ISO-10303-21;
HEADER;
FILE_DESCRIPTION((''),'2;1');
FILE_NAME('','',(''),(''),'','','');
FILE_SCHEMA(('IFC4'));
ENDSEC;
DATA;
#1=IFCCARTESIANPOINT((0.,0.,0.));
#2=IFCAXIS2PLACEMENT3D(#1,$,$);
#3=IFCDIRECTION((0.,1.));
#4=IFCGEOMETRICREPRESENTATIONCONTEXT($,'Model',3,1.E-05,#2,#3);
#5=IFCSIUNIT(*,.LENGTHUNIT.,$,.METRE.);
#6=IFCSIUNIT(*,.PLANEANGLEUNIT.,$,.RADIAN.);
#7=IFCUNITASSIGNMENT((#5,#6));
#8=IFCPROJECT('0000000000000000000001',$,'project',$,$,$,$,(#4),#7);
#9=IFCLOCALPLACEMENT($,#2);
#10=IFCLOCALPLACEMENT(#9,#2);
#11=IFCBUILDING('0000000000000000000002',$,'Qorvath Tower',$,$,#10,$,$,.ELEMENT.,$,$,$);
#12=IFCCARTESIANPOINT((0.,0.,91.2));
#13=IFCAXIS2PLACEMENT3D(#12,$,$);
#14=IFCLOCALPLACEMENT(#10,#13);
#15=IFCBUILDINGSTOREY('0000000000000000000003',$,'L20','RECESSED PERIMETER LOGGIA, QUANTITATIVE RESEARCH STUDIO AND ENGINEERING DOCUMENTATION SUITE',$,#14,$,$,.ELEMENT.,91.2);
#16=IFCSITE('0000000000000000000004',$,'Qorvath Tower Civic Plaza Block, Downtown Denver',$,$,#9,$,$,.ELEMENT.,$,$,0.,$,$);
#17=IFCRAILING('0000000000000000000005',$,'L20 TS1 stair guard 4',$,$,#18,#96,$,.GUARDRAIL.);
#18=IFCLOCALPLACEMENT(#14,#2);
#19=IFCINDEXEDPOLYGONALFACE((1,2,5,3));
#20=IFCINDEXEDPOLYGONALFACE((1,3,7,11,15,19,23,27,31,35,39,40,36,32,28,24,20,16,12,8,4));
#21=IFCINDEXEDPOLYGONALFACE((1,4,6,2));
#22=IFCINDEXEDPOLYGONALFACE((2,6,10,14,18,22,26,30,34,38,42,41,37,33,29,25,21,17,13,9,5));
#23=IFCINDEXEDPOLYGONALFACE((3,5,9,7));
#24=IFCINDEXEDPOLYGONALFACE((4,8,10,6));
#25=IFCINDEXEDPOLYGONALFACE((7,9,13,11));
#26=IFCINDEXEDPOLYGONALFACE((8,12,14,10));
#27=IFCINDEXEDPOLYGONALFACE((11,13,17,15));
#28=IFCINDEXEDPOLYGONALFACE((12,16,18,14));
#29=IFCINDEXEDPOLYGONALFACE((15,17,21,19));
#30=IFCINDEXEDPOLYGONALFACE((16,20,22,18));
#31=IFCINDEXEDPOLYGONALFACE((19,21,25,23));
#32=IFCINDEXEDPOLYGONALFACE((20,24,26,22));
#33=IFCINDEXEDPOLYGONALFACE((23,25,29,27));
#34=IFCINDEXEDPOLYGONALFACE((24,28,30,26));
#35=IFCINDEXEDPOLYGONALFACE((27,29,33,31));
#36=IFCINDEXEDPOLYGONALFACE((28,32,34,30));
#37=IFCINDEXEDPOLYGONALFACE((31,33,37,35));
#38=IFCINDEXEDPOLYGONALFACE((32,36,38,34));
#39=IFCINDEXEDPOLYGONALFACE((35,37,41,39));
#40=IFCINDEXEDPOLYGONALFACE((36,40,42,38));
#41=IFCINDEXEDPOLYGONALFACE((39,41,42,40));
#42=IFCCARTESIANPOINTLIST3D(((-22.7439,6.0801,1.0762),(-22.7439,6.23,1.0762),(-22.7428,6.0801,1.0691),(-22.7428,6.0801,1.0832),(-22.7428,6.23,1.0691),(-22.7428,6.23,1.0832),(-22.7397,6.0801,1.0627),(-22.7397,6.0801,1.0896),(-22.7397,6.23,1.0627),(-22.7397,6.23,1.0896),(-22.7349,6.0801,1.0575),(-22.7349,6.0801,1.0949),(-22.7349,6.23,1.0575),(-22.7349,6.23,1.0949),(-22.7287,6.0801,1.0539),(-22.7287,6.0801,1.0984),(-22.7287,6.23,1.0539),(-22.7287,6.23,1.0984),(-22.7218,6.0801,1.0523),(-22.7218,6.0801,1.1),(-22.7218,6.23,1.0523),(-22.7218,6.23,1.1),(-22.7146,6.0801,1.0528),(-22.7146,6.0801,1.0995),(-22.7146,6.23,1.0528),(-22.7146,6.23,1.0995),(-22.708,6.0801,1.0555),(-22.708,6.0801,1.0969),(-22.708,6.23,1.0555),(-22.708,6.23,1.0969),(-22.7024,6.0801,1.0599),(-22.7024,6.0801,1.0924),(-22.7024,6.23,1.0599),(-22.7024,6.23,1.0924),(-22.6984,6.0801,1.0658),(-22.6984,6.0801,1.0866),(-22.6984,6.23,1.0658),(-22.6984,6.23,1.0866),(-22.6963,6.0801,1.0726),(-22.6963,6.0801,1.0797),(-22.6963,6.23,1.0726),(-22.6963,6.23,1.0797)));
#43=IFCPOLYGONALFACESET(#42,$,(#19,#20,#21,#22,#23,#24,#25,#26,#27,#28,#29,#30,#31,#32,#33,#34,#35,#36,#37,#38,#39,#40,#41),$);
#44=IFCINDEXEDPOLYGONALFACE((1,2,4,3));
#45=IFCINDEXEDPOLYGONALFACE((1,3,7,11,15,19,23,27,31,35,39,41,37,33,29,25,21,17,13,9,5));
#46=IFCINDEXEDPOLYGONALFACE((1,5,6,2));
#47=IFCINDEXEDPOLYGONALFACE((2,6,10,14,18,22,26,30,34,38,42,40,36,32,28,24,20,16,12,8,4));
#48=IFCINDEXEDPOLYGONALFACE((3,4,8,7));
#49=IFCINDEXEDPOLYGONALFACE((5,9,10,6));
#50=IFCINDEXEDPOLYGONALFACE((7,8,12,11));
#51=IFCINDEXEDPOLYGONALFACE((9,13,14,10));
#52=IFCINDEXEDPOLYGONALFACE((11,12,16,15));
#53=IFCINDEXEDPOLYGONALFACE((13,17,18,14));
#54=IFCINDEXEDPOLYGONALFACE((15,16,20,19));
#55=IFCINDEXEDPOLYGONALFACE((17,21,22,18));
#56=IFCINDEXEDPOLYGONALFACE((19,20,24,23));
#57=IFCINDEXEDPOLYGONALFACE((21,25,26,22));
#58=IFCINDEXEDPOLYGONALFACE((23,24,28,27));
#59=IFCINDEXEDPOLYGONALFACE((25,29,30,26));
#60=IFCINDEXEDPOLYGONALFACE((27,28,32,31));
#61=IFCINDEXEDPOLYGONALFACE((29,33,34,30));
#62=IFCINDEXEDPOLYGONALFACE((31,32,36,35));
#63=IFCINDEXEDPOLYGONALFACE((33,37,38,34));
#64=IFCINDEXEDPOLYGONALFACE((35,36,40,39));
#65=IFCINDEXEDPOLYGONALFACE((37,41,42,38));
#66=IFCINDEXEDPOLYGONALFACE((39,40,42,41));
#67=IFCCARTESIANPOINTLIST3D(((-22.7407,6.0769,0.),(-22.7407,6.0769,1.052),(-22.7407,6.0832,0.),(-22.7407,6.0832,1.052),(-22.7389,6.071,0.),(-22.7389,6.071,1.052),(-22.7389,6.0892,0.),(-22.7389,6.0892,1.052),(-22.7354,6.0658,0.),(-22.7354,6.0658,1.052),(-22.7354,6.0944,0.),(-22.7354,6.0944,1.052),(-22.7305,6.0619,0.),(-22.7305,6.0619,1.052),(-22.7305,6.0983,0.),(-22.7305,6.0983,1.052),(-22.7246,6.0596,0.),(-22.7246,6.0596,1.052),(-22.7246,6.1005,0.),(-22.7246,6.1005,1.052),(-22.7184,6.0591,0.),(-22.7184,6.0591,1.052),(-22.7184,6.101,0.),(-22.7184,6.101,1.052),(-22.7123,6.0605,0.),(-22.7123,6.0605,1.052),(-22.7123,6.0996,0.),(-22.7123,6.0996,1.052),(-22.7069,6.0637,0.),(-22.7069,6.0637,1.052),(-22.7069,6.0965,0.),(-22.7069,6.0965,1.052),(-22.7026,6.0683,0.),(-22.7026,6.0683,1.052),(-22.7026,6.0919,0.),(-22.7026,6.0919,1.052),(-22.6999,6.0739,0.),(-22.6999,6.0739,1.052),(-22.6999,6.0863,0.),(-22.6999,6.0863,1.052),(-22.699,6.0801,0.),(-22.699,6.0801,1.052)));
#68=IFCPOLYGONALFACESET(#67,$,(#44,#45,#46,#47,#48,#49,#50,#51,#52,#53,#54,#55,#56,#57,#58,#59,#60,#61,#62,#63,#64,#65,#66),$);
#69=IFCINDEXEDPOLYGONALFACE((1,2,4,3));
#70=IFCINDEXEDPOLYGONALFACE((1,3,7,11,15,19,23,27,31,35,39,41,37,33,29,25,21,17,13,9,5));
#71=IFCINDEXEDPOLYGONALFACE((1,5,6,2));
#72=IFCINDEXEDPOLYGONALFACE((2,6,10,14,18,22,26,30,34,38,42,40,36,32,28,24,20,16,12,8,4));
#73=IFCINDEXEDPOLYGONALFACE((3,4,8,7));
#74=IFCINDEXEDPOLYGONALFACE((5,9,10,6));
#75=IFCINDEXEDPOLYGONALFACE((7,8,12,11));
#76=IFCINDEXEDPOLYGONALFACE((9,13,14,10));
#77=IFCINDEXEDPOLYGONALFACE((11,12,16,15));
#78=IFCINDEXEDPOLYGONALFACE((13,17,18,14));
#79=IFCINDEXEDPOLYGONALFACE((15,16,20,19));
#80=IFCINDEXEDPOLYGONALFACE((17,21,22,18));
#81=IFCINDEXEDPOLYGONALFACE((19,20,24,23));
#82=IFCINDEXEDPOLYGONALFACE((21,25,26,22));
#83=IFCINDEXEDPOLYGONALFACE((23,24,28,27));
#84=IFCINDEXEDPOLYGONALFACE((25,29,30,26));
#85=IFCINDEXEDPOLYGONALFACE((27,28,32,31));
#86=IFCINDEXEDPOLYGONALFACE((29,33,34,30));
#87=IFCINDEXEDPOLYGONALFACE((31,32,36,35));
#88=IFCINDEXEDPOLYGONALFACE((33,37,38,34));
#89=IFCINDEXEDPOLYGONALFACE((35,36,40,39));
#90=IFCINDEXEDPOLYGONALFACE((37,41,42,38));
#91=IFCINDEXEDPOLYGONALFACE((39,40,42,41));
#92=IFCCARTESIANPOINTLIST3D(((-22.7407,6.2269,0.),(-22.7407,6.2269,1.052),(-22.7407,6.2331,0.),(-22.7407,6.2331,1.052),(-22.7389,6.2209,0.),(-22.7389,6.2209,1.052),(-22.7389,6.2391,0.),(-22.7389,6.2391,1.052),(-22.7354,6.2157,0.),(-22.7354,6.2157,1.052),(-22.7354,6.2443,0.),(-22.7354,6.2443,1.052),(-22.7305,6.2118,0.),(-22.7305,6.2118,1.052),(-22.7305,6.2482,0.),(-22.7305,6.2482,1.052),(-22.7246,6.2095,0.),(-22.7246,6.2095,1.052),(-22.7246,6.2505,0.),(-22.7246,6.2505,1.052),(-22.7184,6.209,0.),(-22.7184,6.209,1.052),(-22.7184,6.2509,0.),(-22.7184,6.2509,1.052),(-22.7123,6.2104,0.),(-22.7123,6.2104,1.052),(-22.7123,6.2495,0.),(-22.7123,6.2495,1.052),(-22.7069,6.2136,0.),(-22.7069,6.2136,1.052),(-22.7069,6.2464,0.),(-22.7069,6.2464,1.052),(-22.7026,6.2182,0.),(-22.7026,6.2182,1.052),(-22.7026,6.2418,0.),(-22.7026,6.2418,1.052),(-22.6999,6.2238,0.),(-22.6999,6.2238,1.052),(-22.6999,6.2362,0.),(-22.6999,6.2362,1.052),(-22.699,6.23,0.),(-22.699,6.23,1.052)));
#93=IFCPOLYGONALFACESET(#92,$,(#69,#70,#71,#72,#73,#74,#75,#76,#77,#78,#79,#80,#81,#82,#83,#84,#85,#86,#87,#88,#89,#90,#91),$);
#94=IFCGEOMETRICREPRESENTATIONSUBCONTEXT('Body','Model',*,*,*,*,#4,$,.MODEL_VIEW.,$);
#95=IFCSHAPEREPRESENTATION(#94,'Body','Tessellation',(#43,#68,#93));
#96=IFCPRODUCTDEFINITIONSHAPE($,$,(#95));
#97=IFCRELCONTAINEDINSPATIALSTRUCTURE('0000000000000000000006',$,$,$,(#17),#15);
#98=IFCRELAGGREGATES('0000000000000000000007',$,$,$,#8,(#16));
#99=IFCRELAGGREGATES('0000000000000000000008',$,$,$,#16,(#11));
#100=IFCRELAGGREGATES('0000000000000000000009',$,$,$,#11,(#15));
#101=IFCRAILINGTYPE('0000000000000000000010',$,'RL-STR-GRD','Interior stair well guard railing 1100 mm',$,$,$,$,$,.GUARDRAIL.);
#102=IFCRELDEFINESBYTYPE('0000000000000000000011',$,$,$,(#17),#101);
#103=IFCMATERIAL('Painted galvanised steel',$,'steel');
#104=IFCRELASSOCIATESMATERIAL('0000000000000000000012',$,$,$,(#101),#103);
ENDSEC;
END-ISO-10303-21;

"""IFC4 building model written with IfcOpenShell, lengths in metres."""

from ifc_helpers import new_model, si_unit, direction, frame, origin, origin_2d, place, context, subcontext, project, spatial, circle, extrude, material, type_object, element, save


model = new_model("IFC4")

# Units and contexts
model_context = context("Model", 3, precision=1e-05, world=origin(), true_north=direction((0.0, 1.0)))
body_context = subcontext(model_context, "Body", "Model", "MODEL_VIEW")
ifc_project = project(units=[si_unit("LENGTHUNIT", "METRE"), si_unit("PLANEANGLEUNIT", "RADIAN")], contexts=[model_context])

# Site, building, storey
site_placement = place(None, origin())
site = spatial("IfcSite", under=ifc_project, at=site_placement, Name="Qorvath Tower Civic Plaza Block, Downtown Denver", CompositionType="ELEMENT", RefElevation=0.0)
building_placement = place(site_placement, origin())
building = spatial("IfcBuilding", under=site, at=building_placement, Name="Qorvath Tower", CompositionType="ELEMENT")
storey_placement = place(building_placement, frame((0.0, 0.0, 91.2)))
storey = spatial("IfcBuildingStorey", under=building, at=storey_placement, Name="L20", Description="RECESSED PERIMETER LOGGIA, QUANTITATIVE RESEARCH STUDIO AND ENGINEERING DOCUMENTATION SUITE", CompositionType="ELEMENT", Elevation=91.2)

# Railing
ifc_material_1 = material(Name="Painted galvanised steel", Category="steel")
railing_type_1 = type_object("IfcRailingType", Name="RL-STR-GRD", Description="Interior stair well guard railing 1100 mm", PredefinedType="GUARDRAIL", material=ifc_material_1)
railing_1_placement = place(storey_placement, frame((-22.72, 6.0801, 0.0)))
element("IfcRailing", 1, at=railing_1_placement, inside=storey, type_object=railing_type_1, Name="L20 TS1 stair guard 4", PredefinedType="GUARDRAIL", context=body_context, shape_type="SweptSolid", body=[
    extrude(circle(Radius=0.0239, at=origin_2d()), frame((0.0, 0.0, 1.0762), z_axis=(0.0, 1.0, 0.0), x_axis=(-1.0, 0.0, 0.0)), (0.0, 0.0, 1.0), 0.1499),
    extrude(circle(Radius=0.021, at=origin_2d()), origin(), (0.0, 0.0, 1.0), 1.052),
    extrude(circle(Radius=0.021, at=origin_2d()), frame((0.0, 0.1499, 0.0)), (0.0, 0.0, 1.0), 1.052),
])

save(model, "model.ifc")
